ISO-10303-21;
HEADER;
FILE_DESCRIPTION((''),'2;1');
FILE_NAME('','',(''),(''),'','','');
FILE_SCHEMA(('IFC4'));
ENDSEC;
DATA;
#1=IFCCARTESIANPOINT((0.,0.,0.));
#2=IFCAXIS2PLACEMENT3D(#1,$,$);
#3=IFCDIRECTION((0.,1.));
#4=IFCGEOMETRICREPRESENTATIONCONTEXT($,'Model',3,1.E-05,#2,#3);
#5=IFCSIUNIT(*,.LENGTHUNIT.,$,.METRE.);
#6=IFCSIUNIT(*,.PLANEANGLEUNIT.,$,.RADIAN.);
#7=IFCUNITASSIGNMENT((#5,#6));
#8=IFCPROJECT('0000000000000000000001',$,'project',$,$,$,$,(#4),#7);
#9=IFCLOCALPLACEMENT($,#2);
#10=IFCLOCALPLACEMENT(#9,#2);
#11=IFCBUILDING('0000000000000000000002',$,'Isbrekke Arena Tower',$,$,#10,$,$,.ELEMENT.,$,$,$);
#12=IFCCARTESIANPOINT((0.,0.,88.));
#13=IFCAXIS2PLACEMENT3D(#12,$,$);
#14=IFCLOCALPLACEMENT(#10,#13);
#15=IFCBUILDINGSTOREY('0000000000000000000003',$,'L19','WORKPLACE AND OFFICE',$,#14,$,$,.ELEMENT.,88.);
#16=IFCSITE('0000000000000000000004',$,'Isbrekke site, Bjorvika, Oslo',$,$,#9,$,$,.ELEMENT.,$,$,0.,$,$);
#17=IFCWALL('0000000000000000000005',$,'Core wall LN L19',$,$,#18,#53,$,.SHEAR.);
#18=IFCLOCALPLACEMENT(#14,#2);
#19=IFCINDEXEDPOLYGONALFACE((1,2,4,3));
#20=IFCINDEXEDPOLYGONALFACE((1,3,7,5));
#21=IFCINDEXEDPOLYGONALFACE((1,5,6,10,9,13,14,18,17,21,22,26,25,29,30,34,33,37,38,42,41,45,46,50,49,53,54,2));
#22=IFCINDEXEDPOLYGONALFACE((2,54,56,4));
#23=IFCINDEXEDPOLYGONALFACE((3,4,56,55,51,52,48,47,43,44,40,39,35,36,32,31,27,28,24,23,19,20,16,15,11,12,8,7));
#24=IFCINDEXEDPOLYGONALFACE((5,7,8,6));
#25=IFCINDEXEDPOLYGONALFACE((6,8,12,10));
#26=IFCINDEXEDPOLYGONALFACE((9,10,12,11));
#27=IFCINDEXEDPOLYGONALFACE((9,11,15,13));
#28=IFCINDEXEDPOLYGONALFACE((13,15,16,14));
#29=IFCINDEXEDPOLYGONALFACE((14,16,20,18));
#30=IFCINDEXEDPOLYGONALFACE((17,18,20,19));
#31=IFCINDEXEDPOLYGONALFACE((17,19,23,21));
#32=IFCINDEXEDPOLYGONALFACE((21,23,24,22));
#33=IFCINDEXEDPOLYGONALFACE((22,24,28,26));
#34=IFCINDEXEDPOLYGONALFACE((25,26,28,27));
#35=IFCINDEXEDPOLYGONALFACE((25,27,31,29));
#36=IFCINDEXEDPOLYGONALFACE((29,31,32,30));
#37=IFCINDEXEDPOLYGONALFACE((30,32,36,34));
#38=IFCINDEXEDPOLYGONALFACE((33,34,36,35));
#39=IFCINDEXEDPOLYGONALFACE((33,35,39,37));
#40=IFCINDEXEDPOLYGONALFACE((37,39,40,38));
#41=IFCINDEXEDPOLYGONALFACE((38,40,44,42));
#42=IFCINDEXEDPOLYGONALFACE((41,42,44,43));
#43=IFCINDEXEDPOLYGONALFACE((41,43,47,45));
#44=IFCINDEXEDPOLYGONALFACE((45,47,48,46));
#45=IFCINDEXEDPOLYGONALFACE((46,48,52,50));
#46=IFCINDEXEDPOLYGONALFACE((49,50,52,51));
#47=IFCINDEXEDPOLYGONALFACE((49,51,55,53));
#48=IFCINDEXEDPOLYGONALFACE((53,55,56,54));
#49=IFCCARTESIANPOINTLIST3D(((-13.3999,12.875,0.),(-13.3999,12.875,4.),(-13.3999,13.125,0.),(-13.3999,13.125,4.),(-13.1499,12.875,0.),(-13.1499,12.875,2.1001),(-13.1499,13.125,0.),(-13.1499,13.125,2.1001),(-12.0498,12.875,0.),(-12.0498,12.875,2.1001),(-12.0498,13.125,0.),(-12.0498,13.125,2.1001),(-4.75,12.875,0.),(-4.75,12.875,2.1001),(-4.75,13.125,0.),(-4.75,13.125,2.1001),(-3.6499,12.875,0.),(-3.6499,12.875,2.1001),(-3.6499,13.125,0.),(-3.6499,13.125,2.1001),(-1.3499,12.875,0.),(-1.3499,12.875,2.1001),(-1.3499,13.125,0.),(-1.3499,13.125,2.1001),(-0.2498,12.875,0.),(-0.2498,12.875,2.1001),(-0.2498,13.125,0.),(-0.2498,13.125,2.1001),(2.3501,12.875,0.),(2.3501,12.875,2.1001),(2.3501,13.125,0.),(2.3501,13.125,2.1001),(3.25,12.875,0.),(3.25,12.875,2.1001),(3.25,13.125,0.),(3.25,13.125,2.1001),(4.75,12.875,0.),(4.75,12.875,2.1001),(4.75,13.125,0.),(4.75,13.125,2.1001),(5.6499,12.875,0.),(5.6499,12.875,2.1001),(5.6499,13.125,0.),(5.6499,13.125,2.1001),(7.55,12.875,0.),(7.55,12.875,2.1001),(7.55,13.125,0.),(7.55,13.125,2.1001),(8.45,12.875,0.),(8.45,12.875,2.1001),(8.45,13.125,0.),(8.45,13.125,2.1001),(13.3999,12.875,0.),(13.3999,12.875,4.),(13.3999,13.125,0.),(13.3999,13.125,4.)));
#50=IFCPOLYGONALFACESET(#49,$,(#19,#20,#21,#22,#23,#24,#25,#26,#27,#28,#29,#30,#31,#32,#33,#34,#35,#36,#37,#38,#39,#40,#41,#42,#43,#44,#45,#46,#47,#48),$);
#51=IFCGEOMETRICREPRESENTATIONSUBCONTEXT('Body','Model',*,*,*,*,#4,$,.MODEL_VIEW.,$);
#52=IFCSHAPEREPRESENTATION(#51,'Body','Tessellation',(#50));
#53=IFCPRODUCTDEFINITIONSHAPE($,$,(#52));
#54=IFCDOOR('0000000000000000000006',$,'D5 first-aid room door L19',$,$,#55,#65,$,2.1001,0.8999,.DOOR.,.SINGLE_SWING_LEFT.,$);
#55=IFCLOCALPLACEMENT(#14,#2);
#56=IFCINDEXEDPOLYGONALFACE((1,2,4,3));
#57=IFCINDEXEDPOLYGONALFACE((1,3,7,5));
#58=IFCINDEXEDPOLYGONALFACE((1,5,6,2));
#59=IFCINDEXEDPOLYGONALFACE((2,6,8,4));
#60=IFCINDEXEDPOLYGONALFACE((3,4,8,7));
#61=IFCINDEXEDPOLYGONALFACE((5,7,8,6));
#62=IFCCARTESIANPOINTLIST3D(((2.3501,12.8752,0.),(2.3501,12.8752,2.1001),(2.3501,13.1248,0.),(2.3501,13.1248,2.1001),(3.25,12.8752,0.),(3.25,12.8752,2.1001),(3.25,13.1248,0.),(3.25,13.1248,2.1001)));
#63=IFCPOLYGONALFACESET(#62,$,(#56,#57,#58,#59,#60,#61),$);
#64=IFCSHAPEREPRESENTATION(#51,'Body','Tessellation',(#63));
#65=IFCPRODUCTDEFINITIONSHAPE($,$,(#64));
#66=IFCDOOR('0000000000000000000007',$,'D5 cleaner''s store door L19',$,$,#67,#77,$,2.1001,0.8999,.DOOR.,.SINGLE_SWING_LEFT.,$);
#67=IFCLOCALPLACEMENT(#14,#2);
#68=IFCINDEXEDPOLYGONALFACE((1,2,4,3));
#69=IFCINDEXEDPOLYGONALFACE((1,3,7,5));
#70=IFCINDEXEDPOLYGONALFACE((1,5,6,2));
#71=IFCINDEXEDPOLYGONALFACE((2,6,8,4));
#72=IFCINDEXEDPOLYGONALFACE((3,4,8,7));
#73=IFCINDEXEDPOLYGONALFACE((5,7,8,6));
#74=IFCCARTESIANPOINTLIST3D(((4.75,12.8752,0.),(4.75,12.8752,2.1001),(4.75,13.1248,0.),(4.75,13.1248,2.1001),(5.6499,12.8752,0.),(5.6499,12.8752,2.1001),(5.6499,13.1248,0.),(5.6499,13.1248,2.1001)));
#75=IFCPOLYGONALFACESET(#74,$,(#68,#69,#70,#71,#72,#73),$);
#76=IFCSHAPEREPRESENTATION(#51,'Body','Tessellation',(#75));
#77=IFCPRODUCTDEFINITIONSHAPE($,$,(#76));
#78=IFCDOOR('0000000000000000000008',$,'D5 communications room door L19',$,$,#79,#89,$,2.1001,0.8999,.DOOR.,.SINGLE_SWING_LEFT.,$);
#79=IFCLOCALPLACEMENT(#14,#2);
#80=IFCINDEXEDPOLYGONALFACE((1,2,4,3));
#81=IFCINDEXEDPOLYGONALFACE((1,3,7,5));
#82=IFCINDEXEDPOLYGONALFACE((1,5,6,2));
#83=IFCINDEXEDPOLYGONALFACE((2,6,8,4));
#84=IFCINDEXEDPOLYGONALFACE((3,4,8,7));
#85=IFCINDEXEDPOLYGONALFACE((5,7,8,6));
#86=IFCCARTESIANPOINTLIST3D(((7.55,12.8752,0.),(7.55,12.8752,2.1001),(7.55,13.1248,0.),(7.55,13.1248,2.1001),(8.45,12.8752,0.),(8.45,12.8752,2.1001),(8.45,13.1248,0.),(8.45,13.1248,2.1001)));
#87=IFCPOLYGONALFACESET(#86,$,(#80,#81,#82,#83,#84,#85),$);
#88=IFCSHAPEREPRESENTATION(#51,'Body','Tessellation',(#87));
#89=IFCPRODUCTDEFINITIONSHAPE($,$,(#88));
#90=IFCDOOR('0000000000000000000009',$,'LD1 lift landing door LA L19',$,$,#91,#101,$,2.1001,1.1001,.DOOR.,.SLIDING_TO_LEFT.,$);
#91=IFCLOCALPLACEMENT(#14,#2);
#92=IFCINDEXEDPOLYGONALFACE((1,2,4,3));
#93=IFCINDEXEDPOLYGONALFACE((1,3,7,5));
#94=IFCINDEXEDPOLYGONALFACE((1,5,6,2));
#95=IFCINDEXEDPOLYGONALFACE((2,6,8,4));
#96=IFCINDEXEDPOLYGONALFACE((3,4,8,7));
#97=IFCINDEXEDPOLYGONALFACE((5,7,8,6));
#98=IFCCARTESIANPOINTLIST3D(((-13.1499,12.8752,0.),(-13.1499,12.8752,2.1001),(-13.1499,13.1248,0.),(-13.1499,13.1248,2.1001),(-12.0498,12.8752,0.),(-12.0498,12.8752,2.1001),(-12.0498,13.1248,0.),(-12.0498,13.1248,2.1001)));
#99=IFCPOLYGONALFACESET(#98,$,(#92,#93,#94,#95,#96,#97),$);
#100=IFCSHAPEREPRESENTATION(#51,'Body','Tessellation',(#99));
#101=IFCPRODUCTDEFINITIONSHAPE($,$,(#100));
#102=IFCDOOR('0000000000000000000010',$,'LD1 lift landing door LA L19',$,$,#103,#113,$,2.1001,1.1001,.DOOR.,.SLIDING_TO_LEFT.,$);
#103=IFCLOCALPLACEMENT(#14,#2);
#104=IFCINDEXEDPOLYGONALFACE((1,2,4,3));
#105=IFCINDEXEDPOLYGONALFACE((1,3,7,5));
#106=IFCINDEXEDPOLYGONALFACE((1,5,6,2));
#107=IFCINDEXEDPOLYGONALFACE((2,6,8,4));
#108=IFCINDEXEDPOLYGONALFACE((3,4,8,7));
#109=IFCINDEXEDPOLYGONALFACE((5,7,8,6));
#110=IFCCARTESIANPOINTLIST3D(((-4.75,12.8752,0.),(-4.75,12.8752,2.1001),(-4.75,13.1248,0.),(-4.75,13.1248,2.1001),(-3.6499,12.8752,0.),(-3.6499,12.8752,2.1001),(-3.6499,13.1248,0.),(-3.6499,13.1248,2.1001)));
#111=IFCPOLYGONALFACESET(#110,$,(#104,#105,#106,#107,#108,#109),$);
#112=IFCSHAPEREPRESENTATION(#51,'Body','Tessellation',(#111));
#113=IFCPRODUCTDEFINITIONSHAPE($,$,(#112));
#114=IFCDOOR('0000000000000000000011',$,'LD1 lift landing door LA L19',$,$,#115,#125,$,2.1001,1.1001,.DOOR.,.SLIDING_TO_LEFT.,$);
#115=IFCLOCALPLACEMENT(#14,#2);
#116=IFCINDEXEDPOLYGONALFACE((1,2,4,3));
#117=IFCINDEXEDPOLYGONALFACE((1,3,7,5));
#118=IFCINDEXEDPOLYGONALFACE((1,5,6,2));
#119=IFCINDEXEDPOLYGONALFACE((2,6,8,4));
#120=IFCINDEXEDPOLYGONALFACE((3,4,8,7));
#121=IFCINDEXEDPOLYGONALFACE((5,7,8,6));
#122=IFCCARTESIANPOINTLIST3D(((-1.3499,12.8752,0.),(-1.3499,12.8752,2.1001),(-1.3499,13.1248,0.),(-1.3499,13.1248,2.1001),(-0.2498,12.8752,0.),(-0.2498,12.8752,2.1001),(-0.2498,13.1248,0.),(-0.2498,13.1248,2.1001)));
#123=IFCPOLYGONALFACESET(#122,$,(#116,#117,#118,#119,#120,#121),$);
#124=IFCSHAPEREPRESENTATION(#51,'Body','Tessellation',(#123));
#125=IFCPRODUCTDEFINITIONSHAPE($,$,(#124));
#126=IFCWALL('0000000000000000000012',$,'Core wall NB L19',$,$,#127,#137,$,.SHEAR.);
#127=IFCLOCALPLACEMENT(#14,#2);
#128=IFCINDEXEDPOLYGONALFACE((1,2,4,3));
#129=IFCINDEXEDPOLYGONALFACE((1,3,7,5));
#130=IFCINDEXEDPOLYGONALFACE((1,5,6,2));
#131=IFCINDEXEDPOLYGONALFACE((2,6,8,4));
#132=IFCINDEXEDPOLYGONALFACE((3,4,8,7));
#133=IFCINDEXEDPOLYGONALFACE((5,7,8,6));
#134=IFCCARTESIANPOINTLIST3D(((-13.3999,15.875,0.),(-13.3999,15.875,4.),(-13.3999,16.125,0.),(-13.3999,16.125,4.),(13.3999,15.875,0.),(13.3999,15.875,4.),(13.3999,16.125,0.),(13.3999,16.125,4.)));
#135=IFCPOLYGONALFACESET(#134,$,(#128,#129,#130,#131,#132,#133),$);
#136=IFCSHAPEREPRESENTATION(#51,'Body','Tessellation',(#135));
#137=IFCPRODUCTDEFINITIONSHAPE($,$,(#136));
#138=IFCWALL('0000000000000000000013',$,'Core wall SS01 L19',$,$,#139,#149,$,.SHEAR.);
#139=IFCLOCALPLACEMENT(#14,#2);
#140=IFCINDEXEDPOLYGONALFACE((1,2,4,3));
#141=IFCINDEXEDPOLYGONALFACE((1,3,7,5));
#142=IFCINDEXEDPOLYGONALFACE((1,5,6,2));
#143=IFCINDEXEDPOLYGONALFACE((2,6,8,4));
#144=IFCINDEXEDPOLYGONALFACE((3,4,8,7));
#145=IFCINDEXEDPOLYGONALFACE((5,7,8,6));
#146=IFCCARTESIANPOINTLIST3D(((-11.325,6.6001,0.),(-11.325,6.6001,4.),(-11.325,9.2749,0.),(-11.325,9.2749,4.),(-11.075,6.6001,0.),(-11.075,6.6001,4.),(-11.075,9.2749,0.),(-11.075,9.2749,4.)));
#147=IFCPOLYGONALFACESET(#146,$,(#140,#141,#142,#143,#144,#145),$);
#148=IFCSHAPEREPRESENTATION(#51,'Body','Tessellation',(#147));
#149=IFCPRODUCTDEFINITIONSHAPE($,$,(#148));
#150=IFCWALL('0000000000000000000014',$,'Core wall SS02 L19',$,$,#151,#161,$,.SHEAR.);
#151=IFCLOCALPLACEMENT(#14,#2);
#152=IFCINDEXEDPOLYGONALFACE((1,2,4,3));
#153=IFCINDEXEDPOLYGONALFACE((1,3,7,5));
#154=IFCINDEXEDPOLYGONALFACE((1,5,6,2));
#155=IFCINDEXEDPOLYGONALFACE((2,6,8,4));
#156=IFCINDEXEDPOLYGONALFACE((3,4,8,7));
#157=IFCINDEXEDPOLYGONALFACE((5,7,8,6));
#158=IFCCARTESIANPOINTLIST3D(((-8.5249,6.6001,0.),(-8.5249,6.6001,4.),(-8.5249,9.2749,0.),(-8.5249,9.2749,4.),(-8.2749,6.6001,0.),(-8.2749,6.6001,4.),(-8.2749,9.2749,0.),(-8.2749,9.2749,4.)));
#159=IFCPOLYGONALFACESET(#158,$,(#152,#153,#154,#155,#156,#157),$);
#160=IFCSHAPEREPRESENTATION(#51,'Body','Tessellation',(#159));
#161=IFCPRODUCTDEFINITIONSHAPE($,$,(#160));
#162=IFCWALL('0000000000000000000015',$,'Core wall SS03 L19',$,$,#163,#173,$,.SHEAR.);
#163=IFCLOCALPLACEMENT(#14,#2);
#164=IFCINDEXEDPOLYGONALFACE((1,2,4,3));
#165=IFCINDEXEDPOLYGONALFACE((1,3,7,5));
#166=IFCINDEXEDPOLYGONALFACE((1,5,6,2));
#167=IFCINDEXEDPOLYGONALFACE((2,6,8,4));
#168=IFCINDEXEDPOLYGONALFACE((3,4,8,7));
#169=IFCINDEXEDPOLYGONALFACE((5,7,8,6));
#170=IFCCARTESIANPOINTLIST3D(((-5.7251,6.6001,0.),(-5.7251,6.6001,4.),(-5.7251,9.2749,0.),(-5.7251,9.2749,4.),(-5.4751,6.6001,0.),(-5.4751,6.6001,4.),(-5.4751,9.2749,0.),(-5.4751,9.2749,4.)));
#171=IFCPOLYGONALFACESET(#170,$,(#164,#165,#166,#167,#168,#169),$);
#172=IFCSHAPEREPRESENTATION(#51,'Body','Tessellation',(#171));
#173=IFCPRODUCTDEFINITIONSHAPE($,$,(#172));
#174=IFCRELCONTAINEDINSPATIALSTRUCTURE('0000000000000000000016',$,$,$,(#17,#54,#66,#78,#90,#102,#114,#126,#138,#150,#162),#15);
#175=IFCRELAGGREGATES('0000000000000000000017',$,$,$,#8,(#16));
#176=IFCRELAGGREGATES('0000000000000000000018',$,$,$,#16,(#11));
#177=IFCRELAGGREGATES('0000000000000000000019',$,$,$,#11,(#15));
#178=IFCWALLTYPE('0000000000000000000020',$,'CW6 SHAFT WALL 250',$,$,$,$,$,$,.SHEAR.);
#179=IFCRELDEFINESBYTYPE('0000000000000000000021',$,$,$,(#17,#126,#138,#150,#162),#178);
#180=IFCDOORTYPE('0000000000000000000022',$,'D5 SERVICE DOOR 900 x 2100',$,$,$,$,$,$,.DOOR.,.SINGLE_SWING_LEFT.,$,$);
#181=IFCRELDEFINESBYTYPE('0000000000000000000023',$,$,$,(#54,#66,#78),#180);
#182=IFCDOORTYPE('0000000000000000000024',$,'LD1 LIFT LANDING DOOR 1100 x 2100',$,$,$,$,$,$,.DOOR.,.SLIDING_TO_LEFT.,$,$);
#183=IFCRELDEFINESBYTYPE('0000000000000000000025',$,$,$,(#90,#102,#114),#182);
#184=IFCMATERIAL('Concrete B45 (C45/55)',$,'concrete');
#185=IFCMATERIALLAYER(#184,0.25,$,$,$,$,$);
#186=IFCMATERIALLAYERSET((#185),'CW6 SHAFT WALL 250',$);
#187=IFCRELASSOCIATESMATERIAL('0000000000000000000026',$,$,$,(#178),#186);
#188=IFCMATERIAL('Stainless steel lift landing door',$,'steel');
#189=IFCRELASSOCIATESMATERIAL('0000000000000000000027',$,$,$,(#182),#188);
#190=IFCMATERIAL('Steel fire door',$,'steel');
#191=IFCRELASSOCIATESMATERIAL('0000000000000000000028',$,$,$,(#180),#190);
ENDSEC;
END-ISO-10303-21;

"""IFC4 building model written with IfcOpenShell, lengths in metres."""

from ifc_helpers import new_model, si_unit, direction, frame, frame_2d, origin, place, context, subcontext, project, spatial, rectangle, extrude, material, layer, layer_set, type_object, element, fill, save


model = new_model("IFC4")

# Units and contexts
model_context = context("Model", 3, precision=1e-05, world=origin(), true_north=direction((0.0, 1.0)))
body_context = subcontext(model_context, "Body", "Model", "MODEL_VIEW")
ifc_project = project(units=[si_unit("LENGTHUNIT", "METRE"), si_unit("PLANEANGLEUNIT", "RADIAN")], contexts=[model_context])

# Site, building, storey
site_placement = place(None, origin())
site = spatial("IfcSite", under=ifc_project, at=site_placement, Name="Isbrekke site, Bjorvika, Oslo", CompositionType="ELEMENT", RefElevation=0.0)
building_placement = place(site_placement, origin())
building = spatial("IfcBuilding", under=site, at=building_placement, Name="Isbrekke Arena Tower", CompositionType="ELEMENT")
storey_placement = place(building_placement, frame((0.0, 0.0, 88.0)))
storey = spatial("IfcBuildingStorey", under=building, at=storey_placement, Name="L19", Description="WORKPLACE AND OFFICE", CompositionType="ELEMENT", Elevation=88.0)

# Wall, openings, doors
ifc_material_1 = material(Name="Concrete B45 (C45/55)", Category="concrete")
ifc_layer_1 = layer(ifc_material_1, 0.25)
ifc_layer_set_1 = layer_set([ifc_layer_1], Name="CW6 SHAFT WALL 250")
wall_type_1 = type_object("IfcWallType", Name="CW6 SHAFT WALL 250", PredefinedType="SHEAR", material=ifc_layer_set_1)
ifc_material_2 = material(Name="Stainless steel lift landing door", Category="steel")
door_type_1 = type_object("IfcDoorType", Name="LD1 LIFT LANDING DOOR 1100 x 2100", OperationType="SLIDING_TO_LEFT", PredefinedType="DOOR", material=ifc_material_2)
wall_1_placement = place(storey_placement, frame((-13.3999, 13.0, 0.0), z_axis=(0.0, 0.0, 1.0), x_axis=(1.0, 0.0, 0.0)))
wall_1 = element("IfcWall", 1, at=wall_1_placement, inside=storey, type_object=wall_type_1, Name="Core wall LN L19", PredefinedType="SHEAR", context=body_context, shape_type="SweptSolid", body=[
    extrude(rectangle(XDim=26.7998, YDim=0.25, at=frame_2d((13.3999, 0.0))), origin(), (0.0, 0.0, 1.0), 4.0),
])
opening_1_placement = place(wall_1_placement, frame((0.25, 0.0, 0.0)))
opening_1 = element("IfcOpeningElement", 2, at=opening_1_placement, cuts=wall_1, PredefinedType="OPENING", context=body_context, shape_type="SweptSolid", body=[
    extrude(rectangle(XDim=1.1001, YDim=2.1001, at=frame_2d((0.55, 1.05))), frame((0.0, 0.1399, 0.0), z_axis=(0.0, -1.0, 0.0), x_axis=(1.0, 0.0, 0.0)), (0.0, 0.0, 1.0), 0.2798),
])
opening_2_placement = place(wall_1_placement, frame((8.6499, 0.0, 0.0)))
opening_2 = element("IfcOpeningElement", 3, at=opening_2_placement, cuts=wall_1, PredefinedType="OPENING", context=body_context, shape_type="SweptSolid", body=[
    extrude(rectangle(XDim=1.1001, YDim=2.1001, at=frame_2d((0.55, 1.05))), frame((0.0, 0.1399, 0.0), z_axis=(0.0, -1.0, 0.0), x_axis=(1.0, 0.0, 0.0)), (0.0, 0.0, 1.0), 0.2798),
])
opening_3_placement = place(wall_1_placement, frame((12.05, 0.0, 0.0)))
opening_3 = element("IfcOpeningElement", 4, at=opening_3_placement, cuts=wall_1, PredefinedType="OPENING", context=body_context, shape_type="SweptSolid", body=[
    extrude(rectangle(XDim=1.1001, YDim=2.1001, at=frame_2d((0.55, 1.05))), frame((0.0, 0.1399, 0.0), z_axis=(0.0, -1.0, 0.0), x_axis=(1.0, 0.0, 0.0)), (0.0, 0.0, 1.0), 0.2798),
])
opening_4_placement = place(wall_1_placement, frame((15.75, 0.0, 0.0)))
opening_4 = element("IfcOpeningElement", 5, at=opening_4_placement, cuts=wall_1, PredefinedType="OPENING", context=body_context, shape_type="SweptSolid", body=[
    extrude(rectangle(XDim=0.8999, YDim=2.1001, at=frame_2d((0.45, 1.05))), frame((0.0, 0.1399, 0.0), z_axis=(0.0, -1.0, 0.0), x_axis=(1.0, 0.0, 0.0)), (0.0, 0.0, 1.0), 0.2798),
])
opening_5_placement = place(wall_1_placement, frame((18.1499, 0.0, 0.0)))
opening_5 = element("IfcOpeningElement", 6, at=opening_5_placement, cuts=wall_1, PredefinedType="OPENING", context=body_context, shape_type="SweptSolid", body=[
    extrude(rectangle(XDim=0.8999, YDim=2.1001, at=frame_2d((0.45, 1.05))), frame((0.0, 0.1399, 0.0), z_axis=(0.0, -1.0, 0.0), x_axis=(1.0, 0.0, 0.0)), (0.0, 0.0, 1.0), 0.2798),
])
opening_6_placement = place(wall_1_placement, frame((20.95, 0.0, 0.0)))
opening_6 = element("IfcOpeningElement", 7, at=opening_6_placement, cuts=wall_1, PredefinedType="OPENING", context=body_context, shape_type="SweptSolid", body=[
    extrude(rectangle(XDim=0.8999, YDim=2.1001, at=frame_2d((0.45, 1.05))), frame((0.0, 0.1399, 0.0), z_axis=(0.0, -1.0, 0.0), x_axis=(1.0, 0.0, 0.0)), (0.0, 0.0, 1.0), 0.2798),
])
ifc_material_3 = material(Name="Steel fire door", Category="steel")
door_type_2 = type_object("IfcDoorType", Name="D5 SERVICE DOOR 900 x 2100", OperationType="SINGLE_SWING_LEFT", PredefinedType="DOOR", material=ifc_material_3)
door_1_placement = place(opening_4_placement, origin())
door_1 = element("IfcDoor", 8, at=door_1_placement, inside=storey, type_object=door_type_2, Name="D5 first-aid room door L19", OperationType="SINGLE_SWING_LEFT", OverallHeight=2.1001, OverallWidth=0.8999, PredefinedType="DOOR", context=body_context, shape_type="SweptSolid", body=[
    extrude(rectangle(XDim=0.8999, YDim=2.1001, at=frame_2d((0.45, 1.05))), frame((0.0, 0.1248, 0.0), z_axis=(0.0, -1.0, 0.0), x_axis=(1.0, 0.0, 0.0)), (0.0, 0.0, 1.0), 0.2495),
])
fill(opening_4, door_1)
door_2_placement = place(opening_5_placement, origin())
door_2 = element("IfcDoor", 9, at=door_2_placement, inside=storey, type_object=door_type_2, Name="D5 cleaner's store door L19", OperationType="SINGLE_SWING_LEFT", OverallHeight=2.1001, OverallWidth=0.8999, PredefinedType="DOOR", context=body_context, shape_type="SweptSolid", body=[
    extrude(rectangle(XDim=0.8999, YDim=2.1001, at=frame_2d((0.45, 1.05))), frame((0.0, 0.1248, 0.0), z_axis=(0.0, -1.0, 0.0), x_axis=(1.0, 0.0, 0.0)), (0.0, 0.0, 1.0), 0.2495),
])
fill(opening_5, door_2)
door_3_placement = place(opening_6_placement, origin())
door_3 = element("IfcDoor", 10, at=door_3_placement, inside=storey, type_object=door_type_2, Name="D5 communications room door L19", OperationType="SINGLE_SWING_LEFT", OverallHeight=2.1001, OverallWidth=0.8999, PredefinedType="DOOR", context=body_context, shape_type="SweptSolid", body=[
    extrude(rectangle(XDim=0.8999, YDim=2.1001, at=frame_2d((0.45, 1.05))), frame((0.0, 0.1248, 0.0), z_axis=(0.0, -1.0, 0.0), x_axis=(1.0, 0.0, 0.0)), (0.0, 0.0, 1.0), 0.2495),
])
fill(opening_6, door_3)
door_4_placement = place(opening_1_placement, origin())
door_4 = element("IfcDoor", 11, at=door_4_placement, inside=storey, type_object=door_type_1, Name="LD1 lift landing door LA L19", OperationType="SLIDING_TO_LEFT", OverallHeight=2.1001, OverallWidth=1.1001, PredefinedType="DOOR", context=body_context, shape_type="SweptSolid", body=[
    extrude(rectangle(XDim=1.1001, YDim=2.1001, at=frame_2d((0.55, 1.05))), frame((0.0, 0.1248, 0.0), z_axis=(0.0, -1.0, 0.0), x_axis=(1.0, 0.0, 0.0)), (0.0, 0.0, 1.0), 0.2495),
])
fill(opening_1, door_4)
door_5_placement = place(opening_2_placement, origin())
door_5 = element("IfcDoor", 12, at=door_5_placement, inside=storey, type_object=door_type_1, Name="LD1 lift landing door LA L19", OperationType="SLIDING_TO_LEFT", OverallHeight=2.1001, OverallWidth=1.1001, PredefinedType="DOOR", context=body_context, shape_type="SweptSolid", body=[
    extrude(rectangle(XDim=1.1001, YDim=2.1001, at=frame_2d((0.55, 1.05))), frame((0.0, 0.1248, 0.0), z_axis=(0.0, -1.0, 0.0), x_axis=(1.0, 0.0, 0.0)), (0.0, 0.0, 1.0), 0.2495),
])
fill(opening_2, door_5)
door_6_placement = place(opening_3_placement, origin())
door_6 = element("IfcDoor", 13, at=door_6_placement, inside=storey, type_object=door_type_1, Name="LD1 lift landing door LA L19", OperationType="SLIDING_TO_LEFT", OverallHeight=2.1001, OverallWidth=1.1001, PredefinedType="DOOR", context=body_context, shape_type="SweptSolid", body=[
    extrude(rectangle(XDim=1.1001, YDim=2.1001, at=frame_2d((0.55, 1.05))), frame((0.0, 0.1248, 0.0), z_axis=(0.0, -1.0, 0.0), x_axis=(1.0, 0.0, 0.0)), (0.0, 0.0, 1.0), 0.2495),
])
fill(opening_3, door_6)

# Walls
wall_2_placement = place(storey_placement, frame((-13.3999, 16.0, 0.0), z_axis=(0.0, 0.0, 1.0), x_axis=(1.0, 0.0, 0.0)))
element("IfcWall", 14, at=wall_2_placement, inside=storey, type_object=wall_type_1, Name="Core wall NB L19", PredefinedType="SHEAR", context=body_context, shape_type="SweptSolid", body=[
    extrude(rectangle(XDim=26.7998, YDim=0.25, at=frame_2d((13.3999, 0.0))), origin(), (0.0, 0.0, 1.0), 4.0),
])
for number, where, z_axis, x_axis, name in (
    (15, (-11.2, 6.6001, 0.0), (0.0, 0.0, 1.0), (0.0, 1.0, 0.0), "Core wall SS01 L19"),
    (16, (-8.3999, 6.6001, 0.0), (0.0, 0.0, 1.0), (0.0, 1.0, 0.0), "Core wall SS02 L19"),
    (17, (-5.6001, 6.6001, 0.0), (0.0, 0.0, 1.0), (0.0, 1.0, 0.0), "Core wall SS03 L19"),
):
    element("IfcWall", number, at=place(storey_placement, frame(where, z_axis=z_axis, x_axis=x_axis)), inside=storey, type_object=wall_type_1, Name=name, PredefinedType="SHEAR", context=body_context, shape_type="SweptSolid", body=[
        extrude(rectangle(XDim=2.6748, YDim=0.25, at=frame_2d((1.3374, 0.0))), origin(), (0.0, 0.0, 1.0), 4.0),
    ])

save(model, "model.ifc")
